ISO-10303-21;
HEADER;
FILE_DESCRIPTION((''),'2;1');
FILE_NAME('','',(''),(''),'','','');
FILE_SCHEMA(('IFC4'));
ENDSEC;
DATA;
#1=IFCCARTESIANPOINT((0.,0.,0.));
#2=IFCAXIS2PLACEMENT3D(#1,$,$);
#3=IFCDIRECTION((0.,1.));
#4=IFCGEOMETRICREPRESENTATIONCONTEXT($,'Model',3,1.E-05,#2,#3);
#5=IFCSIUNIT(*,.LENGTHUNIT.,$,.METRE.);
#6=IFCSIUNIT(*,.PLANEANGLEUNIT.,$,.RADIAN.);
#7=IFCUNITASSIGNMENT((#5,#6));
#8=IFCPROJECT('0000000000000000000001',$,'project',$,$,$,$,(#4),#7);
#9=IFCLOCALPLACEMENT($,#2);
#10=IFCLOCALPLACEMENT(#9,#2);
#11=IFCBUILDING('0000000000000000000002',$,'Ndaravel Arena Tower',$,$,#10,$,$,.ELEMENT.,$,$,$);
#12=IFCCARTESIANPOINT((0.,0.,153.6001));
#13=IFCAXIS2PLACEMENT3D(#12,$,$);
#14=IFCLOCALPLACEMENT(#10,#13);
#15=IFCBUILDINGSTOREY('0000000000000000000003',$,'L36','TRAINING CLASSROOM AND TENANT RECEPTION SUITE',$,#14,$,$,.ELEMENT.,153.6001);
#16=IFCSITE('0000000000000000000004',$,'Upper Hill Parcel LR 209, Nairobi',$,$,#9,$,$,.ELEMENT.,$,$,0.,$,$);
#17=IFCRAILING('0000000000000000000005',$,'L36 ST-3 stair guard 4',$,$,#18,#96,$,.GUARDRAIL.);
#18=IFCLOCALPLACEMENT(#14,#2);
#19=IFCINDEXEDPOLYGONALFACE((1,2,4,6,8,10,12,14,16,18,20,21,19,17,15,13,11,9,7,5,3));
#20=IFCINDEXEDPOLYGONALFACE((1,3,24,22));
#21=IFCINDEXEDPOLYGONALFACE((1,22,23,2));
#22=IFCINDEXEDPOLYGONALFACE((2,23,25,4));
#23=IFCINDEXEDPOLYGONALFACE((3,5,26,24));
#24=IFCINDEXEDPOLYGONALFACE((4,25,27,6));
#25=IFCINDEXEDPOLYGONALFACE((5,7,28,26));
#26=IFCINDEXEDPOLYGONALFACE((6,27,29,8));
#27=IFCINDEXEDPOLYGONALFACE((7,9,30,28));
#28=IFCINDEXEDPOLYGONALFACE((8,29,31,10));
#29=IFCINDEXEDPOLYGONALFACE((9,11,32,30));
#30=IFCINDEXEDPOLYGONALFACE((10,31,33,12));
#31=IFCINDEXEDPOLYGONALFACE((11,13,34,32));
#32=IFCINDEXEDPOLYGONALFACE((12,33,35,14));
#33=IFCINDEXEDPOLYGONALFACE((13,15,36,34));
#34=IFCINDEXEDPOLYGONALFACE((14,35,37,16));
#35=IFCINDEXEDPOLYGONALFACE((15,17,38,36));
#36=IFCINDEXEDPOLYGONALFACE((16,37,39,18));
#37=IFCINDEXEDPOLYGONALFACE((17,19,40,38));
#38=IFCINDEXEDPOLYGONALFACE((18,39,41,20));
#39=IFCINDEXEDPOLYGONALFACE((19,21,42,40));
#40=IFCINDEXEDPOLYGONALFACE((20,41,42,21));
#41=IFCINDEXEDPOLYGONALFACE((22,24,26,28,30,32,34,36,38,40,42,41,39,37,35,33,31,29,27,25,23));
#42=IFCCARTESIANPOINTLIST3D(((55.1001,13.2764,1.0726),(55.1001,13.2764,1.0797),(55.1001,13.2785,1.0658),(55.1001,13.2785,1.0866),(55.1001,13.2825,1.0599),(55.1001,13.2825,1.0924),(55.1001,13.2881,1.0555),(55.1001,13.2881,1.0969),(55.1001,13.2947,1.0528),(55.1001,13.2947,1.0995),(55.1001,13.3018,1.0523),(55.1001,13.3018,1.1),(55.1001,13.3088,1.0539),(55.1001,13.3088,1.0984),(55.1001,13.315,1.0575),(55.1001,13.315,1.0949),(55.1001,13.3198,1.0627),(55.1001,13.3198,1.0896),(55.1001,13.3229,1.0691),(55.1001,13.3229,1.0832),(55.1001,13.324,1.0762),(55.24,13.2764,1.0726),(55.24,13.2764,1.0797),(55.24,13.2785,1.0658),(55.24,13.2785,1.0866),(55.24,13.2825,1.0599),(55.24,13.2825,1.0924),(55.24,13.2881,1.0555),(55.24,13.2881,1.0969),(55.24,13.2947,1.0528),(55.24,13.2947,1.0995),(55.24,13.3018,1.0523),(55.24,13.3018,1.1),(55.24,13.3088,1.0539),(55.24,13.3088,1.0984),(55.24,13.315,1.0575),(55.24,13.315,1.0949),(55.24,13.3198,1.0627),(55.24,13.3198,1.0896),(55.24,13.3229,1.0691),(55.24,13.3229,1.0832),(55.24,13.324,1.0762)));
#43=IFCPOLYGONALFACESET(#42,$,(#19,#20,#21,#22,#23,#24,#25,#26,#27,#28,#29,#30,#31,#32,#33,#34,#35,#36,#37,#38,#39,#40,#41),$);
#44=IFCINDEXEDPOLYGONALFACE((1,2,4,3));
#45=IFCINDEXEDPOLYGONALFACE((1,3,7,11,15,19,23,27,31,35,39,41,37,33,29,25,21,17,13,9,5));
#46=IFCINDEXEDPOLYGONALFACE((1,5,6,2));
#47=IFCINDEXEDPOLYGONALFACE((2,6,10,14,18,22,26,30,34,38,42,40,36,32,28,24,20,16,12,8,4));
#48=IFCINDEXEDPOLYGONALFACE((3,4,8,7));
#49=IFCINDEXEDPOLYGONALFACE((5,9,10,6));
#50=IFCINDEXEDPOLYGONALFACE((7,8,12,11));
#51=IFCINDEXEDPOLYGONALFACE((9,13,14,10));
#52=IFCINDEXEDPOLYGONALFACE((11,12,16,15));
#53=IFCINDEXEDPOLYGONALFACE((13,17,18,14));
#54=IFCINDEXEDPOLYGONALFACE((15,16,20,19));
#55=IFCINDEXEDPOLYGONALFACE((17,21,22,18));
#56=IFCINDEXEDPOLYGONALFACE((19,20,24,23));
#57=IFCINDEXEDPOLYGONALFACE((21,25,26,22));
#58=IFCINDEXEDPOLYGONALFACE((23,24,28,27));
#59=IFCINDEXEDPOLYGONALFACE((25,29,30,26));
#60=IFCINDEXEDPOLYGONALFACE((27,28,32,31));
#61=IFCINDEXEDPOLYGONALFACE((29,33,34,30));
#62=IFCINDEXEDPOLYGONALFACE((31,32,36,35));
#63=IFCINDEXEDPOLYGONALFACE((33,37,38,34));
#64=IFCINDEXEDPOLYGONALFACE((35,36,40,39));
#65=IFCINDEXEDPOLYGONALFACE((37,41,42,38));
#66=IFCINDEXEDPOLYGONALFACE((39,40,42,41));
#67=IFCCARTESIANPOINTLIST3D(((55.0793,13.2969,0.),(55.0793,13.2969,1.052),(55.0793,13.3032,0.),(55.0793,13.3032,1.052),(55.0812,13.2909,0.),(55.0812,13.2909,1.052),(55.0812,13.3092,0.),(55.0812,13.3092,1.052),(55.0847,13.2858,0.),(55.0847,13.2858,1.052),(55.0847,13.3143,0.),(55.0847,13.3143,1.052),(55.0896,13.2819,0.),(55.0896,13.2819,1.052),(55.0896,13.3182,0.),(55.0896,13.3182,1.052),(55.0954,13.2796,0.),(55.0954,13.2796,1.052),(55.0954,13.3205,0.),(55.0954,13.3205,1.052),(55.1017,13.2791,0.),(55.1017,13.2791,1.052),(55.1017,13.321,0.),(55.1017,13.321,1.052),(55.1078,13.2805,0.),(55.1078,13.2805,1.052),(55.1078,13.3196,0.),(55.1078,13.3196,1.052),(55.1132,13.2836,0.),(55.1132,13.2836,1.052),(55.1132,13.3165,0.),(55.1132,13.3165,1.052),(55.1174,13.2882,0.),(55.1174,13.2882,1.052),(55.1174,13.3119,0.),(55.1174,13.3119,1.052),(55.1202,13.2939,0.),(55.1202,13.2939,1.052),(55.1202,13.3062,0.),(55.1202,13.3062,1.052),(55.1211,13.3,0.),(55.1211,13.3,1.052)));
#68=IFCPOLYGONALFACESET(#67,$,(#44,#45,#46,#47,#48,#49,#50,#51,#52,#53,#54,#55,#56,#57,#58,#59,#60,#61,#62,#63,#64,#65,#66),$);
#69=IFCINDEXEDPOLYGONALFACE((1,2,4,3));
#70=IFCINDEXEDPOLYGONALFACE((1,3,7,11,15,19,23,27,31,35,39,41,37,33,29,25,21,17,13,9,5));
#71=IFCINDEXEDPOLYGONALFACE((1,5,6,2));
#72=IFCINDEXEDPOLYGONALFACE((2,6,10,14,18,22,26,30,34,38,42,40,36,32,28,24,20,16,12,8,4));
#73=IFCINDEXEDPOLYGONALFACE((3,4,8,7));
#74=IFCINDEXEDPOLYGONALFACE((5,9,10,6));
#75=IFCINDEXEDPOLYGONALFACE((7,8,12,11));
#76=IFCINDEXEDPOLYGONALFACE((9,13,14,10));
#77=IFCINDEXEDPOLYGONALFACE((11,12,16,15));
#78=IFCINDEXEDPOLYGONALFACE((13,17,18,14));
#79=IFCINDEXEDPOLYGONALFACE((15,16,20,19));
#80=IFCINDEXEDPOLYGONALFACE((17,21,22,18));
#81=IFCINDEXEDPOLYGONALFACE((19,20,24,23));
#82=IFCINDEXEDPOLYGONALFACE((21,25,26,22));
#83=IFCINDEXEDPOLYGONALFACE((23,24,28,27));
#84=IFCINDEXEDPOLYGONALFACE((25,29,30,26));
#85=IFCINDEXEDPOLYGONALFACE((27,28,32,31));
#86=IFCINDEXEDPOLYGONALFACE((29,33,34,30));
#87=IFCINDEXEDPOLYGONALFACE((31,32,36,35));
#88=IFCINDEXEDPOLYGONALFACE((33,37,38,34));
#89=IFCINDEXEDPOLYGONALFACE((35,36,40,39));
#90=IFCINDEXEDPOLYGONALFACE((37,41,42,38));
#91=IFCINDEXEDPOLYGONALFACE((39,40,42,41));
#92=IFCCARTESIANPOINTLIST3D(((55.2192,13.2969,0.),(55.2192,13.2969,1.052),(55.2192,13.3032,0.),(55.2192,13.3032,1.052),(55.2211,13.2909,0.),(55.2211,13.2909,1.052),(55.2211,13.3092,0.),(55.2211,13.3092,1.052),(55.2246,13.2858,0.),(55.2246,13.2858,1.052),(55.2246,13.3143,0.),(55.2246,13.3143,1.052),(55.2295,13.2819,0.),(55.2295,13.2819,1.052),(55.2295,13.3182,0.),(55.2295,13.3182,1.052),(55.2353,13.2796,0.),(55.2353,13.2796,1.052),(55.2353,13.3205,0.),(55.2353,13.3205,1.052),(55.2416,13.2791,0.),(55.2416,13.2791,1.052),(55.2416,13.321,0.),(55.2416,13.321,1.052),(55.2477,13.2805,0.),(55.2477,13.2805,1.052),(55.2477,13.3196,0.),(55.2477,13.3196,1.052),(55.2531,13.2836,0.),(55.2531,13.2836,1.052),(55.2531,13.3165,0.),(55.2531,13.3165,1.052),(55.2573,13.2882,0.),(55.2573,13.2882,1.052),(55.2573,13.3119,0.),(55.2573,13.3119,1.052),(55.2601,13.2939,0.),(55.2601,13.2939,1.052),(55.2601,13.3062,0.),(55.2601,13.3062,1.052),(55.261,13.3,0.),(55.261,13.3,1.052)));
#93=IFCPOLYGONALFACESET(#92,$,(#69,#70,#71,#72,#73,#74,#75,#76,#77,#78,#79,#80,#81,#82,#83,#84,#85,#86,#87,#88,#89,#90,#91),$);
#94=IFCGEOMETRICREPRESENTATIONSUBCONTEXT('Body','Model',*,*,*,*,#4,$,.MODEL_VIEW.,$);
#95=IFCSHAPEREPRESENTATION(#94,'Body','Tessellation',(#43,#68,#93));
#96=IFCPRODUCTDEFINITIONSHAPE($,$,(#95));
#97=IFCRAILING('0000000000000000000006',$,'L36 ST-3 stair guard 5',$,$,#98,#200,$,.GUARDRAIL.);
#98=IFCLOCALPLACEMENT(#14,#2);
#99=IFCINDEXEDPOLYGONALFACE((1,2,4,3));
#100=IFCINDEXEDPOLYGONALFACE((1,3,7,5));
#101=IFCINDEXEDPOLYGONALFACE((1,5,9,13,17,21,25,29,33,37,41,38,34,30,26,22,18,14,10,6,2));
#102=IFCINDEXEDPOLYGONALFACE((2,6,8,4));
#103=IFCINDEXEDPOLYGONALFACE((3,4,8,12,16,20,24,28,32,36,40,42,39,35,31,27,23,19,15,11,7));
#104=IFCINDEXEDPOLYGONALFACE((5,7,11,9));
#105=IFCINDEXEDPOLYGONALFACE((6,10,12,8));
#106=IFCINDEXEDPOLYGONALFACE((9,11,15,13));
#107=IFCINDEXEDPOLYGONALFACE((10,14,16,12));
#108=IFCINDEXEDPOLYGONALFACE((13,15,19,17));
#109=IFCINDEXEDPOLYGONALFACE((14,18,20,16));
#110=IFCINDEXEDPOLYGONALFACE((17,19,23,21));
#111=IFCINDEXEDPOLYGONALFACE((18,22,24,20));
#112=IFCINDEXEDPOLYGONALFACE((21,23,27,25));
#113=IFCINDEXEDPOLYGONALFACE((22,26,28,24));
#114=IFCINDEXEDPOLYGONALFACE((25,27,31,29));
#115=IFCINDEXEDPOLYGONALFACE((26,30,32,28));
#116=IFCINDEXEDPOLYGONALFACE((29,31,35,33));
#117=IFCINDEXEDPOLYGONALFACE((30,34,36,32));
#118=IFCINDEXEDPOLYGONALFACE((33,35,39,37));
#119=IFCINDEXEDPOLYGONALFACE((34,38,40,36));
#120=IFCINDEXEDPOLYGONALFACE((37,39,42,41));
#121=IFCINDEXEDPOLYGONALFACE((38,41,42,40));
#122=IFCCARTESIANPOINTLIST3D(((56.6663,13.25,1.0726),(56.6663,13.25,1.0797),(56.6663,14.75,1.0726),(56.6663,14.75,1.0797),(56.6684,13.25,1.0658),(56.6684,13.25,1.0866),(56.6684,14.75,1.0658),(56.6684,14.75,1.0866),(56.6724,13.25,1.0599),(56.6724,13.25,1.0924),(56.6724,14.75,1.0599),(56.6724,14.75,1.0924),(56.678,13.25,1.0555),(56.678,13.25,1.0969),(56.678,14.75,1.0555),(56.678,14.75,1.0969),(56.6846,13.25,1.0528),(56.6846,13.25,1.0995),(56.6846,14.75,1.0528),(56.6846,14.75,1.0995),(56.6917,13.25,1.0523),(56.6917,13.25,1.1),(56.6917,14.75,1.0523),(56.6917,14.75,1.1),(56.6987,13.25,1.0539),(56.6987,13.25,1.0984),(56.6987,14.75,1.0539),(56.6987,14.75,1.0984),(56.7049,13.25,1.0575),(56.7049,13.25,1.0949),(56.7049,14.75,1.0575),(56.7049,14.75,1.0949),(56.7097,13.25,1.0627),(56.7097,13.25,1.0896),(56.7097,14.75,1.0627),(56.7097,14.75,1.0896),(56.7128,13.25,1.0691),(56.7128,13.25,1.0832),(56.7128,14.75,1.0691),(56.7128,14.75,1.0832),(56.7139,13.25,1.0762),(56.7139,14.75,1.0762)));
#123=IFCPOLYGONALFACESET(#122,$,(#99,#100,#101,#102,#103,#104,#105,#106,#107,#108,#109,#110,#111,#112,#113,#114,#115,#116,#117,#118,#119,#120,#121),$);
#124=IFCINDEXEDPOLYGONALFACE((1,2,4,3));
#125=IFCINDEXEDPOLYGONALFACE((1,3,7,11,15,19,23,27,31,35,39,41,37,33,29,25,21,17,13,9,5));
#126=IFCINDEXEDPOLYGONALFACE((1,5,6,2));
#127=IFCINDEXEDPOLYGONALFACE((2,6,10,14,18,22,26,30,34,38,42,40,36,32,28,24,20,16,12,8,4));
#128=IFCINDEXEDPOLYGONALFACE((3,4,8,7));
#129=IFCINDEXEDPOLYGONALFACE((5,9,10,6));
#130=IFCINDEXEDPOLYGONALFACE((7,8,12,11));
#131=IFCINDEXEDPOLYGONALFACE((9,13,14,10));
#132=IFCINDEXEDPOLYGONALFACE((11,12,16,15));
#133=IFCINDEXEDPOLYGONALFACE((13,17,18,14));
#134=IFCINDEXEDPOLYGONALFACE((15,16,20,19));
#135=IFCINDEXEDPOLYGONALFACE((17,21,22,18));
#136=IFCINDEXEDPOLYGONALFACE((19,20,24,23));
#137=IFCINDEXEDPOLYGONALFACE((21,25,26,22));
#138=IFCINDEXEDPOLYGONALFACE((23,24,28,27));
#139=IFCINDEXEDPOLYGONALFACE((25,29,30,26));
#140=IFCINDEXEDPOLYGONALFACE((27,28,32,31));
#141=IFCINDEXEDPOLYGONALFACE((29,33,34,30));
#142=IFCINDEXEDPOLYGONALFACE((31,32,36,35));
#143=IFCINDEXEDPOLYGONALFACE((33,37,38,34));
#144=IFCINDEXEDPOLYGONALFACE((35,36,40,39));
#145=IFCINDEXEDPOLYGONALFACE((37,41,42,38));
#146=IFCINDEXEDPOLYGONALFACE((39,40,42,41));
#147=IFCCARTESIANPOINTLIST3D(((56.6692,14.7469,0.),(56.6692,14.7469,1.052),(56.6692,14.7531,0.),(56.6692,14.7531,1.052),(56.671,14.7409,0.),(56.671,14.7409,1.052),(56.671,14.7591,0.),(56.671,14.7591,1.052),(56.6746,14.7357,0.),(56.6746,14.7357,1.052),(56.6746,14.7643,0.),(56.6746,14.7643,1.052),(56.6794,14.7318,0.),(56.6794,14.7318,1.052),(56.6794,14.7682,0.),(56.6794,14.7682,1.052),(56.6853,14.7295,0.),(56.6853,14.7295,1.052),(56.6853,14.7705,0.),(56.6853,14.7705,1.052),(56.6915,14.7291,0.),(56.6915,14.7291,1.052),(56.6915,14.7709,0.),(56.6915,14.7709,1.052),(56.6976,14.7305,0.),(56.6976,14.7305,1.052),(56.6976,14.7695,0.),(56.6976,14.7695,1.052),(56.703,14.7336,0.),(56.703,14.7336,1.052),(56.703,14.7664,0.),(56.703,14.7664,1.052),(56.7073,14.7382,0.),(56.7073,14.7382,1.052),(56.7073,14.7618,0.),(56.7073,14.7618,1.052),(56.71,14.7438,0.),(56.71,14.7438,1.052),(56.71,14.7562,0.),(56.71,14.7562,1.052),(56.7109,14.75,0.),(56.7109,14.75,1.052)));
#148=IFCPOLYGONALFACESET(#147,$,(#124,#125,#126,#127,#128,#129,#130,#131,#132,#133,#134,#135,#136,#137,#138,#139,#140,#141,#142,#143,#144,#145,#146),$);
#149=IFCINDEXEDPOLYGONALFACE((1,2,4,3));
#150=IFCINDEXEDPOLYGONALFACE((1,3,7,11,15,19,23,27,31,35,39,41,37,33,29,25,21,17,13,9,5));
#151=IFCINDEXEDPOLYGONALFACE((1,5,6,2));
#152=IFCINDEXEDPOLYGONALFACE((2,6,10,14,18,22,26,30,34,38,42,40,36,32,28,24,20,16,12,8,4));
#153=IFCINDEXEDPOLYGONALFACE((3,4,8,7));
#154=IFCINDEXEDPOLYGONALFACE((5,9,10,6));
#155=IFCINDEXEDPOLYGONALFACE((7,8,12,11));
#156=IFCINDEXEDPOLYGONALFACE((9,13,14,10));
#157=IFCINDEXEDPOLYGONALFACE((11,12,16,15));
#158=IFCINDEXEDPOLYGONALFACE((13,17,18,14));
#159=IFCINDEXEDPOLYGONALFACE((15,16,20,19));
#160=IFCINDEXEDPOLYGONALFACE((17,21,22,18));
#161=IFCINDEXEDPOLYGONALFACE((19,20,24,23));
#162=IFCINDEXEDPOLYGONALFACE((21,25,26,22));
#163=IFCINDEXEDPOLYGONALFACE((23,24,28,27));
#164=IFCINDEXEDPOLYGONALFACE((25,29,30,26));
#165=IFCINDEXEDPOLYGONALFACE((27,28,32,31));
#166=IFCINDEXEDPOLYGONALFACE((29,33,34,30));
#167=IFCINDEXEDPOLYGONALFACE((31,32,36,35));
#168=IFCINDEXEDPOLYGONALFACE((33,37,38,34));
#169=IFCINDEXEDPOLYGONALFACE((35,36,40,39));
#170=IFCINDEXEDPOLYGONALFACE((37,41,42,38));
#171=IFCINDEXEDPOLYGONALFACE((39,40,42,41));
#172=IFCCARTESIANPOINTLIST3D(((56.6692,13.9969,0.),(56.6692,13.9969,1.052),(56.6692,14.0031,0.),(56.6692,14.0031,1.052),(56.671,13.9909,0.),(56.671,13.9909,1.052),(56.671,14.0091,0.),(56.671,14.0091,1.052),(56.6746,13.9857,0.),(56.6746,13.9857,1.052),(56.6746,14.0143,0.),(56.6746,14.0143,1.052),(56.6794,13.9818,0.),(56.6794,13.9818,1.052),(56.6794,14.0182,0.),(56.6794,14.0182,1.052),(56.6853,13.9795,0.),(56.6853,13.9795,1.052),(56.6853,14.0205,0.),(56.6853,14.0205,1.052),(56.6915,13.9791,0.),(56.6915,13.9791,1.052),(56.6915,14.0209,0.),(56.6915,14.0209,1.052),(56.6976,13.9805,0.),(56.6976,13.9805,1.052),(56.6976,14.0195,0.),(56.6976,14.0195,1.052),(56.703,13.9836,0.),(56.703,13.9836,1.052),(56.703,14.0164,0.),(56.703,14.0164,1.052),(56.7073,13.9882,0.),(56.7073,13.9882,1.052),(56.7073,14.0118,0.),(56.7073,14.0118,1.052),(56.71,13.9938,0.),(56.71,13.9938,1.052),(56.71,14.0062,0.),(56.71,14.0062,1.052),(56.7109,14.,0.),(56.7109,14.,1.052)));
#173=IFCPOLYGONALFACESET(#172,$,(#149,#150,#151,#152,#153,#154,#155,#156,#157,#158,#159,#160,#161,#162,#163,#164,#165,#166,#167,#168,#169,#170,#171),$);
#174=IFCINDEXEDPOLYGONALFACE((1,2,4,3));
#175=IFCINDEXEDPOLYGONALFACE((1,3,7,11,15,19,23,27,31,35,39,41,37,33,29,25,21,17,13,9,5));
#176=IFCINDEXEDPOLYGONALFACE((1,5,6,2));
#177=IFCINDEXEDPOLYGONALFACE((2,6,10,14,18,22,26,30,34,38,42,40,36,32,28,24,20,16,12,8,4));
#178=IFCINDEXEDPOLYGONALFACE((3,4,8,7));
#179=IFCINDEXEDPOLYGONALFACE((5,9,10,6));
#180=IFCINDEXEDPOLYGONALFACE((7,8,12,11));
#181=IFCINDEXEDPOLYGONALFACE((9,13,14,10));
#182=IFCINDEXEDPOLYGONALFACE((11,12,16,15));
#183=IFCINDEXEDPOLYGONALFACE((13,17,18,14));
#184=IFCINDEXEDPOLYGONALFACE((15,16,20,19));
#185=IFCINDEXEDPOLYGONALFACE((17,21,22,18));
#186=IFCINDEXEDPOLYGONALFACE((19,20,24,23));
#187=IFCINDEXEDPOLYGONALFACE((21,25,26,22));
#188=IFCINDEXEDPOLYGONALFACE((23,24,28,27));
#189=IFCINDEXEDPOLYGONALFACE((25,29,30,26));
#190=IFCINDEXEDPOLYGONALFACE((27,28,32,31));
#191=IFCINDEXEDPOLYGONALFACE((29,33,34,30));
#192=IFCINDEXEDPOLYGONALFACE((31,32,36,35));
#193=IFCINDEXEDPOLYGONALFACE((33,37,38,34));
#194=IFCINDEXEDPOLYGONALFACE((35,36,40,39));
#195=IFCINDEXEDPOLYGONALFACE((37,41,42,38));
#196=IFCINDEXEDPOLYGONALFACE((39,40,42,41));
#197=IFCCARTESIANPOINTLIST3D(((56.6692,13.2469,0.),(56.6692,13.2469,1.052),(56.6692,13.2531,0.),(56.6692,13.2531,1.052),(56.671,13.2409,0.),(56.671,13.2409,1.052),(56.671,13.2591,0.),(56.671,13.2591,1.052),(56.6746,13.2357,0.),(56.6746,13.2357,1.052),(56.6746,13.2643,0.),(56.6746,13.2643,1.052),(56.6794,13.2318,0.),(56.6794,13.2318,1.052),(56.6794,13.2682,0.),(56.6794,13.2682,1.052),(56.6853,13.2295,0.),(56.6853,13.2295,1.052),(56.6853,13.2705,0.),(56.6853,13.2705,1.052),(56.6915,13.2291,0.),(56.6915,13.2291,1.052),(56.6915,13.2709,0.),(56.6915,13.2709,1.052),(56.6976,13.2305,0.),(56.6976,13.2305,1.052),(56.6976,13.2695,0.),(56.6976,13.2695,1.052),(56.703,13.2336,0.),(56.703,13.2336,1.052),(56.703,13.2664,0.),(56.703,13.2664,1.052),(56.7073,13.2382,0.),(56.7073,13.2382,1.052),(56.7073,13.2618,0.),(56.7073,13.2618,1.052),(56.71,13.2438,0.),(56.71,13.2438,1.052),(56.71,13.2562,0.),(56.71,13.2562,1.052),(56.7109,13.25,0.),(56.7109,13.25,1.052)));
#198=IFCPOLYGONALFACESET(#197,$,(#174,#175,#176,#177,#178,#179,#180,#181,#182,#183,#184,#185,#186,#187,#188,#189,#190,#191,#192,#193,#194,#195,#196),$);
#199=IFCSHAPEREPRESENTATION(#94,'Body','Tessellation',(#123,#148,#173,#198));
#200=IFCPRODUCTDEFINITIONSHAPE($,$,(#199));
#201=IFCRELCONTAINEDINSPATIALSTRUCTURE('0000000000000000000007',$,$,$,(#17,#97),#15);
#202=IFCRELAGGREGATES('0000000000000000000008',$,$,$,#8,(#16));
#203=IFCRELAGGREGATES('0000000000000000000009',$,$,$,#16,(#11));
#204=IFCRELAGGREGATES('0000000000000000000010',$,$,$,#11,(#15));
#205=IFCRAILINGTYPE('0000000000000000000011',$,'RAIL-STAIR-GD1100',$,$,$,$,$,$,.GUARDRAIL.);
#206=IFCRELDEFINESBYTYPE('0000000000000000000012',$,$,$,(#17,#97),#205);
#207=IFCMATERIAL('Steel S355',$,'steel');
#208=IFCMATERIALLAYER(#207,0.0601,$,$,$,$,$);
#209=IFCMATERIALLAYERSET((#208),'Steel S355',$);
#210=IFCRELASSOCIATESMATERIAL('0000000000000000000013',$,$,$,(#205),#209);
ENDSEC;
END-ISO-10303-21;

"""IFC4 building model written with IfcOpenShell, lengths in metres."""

from ifc_helpers import new_model, si_unit, direction, frame, origin, origin_2d, place, context, subcontext, project, spatial, circle, extrude, material, layer, layer_set, type_object, element, save


model = new_model("IFC4")

# Units and contexts
model_context = context("Model", 3, precision=1e-05, world=origin(), true_north=direction((0.0, 1.0)))
body_context = subcontext(model_context, "Body", "Model", "MODEL_VIEW")
ifc_project = project(units=[si_unit("LENGTHUNIT", "METRE"), si_unit("PLANEANGLEUNIT", "RADIAN")], contexts=[model_context])

# Site, building, storey
site_placement = place(None, origin())
site = spatial("IfcSite", under=ifc_project, at=site_placement, Name="Upper Hill Parcel LR 209, Nairobi", CompositionType="ELEMENT", RefElevation=0.0)
building_placement = place(site_placement, origin())
building = spatial("IfcBuilding", under=site, at=building_placement, Name="Ndaravel Arena Tower", CompositionType="ELEMENT")
storey_placement = place(building_placement, frame((0.0, 0.0, 153.6001)))
storey = spatial("IfcBuildingStorey", under=building, at=storey_placement, Name="L36", Description="TRAINING CLASSROOM AND TENANT RECEPTION SUITE", CompositionType="ELEMENT", Elevation=153.6001)

# Railings
ifc_material_1 = material(Name="Steel S355", Category="steel")
ifc_layer_1 = layer(ifc_material_1, 0.0601)
ifc_layer_set_1 = layer_set([ifc_layer_1], Name="Steel S355")
railing_type = type_object("IfcRailingType", Name="RAIL-STAIR-GD1100", PredefinedType="GUARDRAIL", material=ifc_layer_set_1)
railing_1_placement = place(storey_placement, frame((55.1001, 13.3, 0.0)))
element("IfcRailing", 1, at=railing_1_placement, inside=storey, type_object=railing_type, Name="L36 ST-3 stair guard 4", PredefinedType="GUARDRAIL", context=body_context, shape_type="SweptSolid", body=[
    extrude(circle(Radius=0.0239, at=origin_2d()), frame((0.0, 0.0, 1.0762), z_axis=(1.0, 0.0, 0.0), x_axis=(0.0, 1.0, 0.0)), (0.0, 0.0, 1.0), 0.1399),
    extrude(circle(Radius=0.021, at=origin_2d()), origin(), (0.0, 0.0, 1.0), 1.052),
    extrude(circle(Radius=0.021, at=origin_2d()), frame((0.1399, 0.0, 0.0)), (0.0, 0.0, 1.0), 1.052),
])
railing_2_placement = place(storey_placement, frame((56.6899, 14.75, 0.0)))
element("IfcRailing", 2, at=railing_2_placement, inside=storey, type_object=railing_type, Name="L36 ST-3 stair guard 5", PredefinedType="GUARDRAIL", context=body_context, shape_type="SweptSolid", body=[
    extrude(circle(Radius=0.0239, at=origin_2d()), frame((0.0, 0.0, 1.0762), z_axis=(0.0, -1.0, 0.0), x_axis=(1.0, 0.0, 0.0)), (0.0, 0.0, 1.0), 1.5),
    extrude(circle(Radius=0.021, at=origin_2d()), origin(), (0.0, 0.0, 1.0), 1.052),
    extrude(circle(Radius=0.021, at=origin_2d()), frame((0.0, -0.75, 0.0)), (0.0, 0.0, 1.0), 1.052),
    extrude(circle(Radius=0.021, at=origin_2d()), frame((0.0, -1.5, 0.0)), (0.0, 0.0, 1.0), 1.052),
])

save(model, "model.ifc")
